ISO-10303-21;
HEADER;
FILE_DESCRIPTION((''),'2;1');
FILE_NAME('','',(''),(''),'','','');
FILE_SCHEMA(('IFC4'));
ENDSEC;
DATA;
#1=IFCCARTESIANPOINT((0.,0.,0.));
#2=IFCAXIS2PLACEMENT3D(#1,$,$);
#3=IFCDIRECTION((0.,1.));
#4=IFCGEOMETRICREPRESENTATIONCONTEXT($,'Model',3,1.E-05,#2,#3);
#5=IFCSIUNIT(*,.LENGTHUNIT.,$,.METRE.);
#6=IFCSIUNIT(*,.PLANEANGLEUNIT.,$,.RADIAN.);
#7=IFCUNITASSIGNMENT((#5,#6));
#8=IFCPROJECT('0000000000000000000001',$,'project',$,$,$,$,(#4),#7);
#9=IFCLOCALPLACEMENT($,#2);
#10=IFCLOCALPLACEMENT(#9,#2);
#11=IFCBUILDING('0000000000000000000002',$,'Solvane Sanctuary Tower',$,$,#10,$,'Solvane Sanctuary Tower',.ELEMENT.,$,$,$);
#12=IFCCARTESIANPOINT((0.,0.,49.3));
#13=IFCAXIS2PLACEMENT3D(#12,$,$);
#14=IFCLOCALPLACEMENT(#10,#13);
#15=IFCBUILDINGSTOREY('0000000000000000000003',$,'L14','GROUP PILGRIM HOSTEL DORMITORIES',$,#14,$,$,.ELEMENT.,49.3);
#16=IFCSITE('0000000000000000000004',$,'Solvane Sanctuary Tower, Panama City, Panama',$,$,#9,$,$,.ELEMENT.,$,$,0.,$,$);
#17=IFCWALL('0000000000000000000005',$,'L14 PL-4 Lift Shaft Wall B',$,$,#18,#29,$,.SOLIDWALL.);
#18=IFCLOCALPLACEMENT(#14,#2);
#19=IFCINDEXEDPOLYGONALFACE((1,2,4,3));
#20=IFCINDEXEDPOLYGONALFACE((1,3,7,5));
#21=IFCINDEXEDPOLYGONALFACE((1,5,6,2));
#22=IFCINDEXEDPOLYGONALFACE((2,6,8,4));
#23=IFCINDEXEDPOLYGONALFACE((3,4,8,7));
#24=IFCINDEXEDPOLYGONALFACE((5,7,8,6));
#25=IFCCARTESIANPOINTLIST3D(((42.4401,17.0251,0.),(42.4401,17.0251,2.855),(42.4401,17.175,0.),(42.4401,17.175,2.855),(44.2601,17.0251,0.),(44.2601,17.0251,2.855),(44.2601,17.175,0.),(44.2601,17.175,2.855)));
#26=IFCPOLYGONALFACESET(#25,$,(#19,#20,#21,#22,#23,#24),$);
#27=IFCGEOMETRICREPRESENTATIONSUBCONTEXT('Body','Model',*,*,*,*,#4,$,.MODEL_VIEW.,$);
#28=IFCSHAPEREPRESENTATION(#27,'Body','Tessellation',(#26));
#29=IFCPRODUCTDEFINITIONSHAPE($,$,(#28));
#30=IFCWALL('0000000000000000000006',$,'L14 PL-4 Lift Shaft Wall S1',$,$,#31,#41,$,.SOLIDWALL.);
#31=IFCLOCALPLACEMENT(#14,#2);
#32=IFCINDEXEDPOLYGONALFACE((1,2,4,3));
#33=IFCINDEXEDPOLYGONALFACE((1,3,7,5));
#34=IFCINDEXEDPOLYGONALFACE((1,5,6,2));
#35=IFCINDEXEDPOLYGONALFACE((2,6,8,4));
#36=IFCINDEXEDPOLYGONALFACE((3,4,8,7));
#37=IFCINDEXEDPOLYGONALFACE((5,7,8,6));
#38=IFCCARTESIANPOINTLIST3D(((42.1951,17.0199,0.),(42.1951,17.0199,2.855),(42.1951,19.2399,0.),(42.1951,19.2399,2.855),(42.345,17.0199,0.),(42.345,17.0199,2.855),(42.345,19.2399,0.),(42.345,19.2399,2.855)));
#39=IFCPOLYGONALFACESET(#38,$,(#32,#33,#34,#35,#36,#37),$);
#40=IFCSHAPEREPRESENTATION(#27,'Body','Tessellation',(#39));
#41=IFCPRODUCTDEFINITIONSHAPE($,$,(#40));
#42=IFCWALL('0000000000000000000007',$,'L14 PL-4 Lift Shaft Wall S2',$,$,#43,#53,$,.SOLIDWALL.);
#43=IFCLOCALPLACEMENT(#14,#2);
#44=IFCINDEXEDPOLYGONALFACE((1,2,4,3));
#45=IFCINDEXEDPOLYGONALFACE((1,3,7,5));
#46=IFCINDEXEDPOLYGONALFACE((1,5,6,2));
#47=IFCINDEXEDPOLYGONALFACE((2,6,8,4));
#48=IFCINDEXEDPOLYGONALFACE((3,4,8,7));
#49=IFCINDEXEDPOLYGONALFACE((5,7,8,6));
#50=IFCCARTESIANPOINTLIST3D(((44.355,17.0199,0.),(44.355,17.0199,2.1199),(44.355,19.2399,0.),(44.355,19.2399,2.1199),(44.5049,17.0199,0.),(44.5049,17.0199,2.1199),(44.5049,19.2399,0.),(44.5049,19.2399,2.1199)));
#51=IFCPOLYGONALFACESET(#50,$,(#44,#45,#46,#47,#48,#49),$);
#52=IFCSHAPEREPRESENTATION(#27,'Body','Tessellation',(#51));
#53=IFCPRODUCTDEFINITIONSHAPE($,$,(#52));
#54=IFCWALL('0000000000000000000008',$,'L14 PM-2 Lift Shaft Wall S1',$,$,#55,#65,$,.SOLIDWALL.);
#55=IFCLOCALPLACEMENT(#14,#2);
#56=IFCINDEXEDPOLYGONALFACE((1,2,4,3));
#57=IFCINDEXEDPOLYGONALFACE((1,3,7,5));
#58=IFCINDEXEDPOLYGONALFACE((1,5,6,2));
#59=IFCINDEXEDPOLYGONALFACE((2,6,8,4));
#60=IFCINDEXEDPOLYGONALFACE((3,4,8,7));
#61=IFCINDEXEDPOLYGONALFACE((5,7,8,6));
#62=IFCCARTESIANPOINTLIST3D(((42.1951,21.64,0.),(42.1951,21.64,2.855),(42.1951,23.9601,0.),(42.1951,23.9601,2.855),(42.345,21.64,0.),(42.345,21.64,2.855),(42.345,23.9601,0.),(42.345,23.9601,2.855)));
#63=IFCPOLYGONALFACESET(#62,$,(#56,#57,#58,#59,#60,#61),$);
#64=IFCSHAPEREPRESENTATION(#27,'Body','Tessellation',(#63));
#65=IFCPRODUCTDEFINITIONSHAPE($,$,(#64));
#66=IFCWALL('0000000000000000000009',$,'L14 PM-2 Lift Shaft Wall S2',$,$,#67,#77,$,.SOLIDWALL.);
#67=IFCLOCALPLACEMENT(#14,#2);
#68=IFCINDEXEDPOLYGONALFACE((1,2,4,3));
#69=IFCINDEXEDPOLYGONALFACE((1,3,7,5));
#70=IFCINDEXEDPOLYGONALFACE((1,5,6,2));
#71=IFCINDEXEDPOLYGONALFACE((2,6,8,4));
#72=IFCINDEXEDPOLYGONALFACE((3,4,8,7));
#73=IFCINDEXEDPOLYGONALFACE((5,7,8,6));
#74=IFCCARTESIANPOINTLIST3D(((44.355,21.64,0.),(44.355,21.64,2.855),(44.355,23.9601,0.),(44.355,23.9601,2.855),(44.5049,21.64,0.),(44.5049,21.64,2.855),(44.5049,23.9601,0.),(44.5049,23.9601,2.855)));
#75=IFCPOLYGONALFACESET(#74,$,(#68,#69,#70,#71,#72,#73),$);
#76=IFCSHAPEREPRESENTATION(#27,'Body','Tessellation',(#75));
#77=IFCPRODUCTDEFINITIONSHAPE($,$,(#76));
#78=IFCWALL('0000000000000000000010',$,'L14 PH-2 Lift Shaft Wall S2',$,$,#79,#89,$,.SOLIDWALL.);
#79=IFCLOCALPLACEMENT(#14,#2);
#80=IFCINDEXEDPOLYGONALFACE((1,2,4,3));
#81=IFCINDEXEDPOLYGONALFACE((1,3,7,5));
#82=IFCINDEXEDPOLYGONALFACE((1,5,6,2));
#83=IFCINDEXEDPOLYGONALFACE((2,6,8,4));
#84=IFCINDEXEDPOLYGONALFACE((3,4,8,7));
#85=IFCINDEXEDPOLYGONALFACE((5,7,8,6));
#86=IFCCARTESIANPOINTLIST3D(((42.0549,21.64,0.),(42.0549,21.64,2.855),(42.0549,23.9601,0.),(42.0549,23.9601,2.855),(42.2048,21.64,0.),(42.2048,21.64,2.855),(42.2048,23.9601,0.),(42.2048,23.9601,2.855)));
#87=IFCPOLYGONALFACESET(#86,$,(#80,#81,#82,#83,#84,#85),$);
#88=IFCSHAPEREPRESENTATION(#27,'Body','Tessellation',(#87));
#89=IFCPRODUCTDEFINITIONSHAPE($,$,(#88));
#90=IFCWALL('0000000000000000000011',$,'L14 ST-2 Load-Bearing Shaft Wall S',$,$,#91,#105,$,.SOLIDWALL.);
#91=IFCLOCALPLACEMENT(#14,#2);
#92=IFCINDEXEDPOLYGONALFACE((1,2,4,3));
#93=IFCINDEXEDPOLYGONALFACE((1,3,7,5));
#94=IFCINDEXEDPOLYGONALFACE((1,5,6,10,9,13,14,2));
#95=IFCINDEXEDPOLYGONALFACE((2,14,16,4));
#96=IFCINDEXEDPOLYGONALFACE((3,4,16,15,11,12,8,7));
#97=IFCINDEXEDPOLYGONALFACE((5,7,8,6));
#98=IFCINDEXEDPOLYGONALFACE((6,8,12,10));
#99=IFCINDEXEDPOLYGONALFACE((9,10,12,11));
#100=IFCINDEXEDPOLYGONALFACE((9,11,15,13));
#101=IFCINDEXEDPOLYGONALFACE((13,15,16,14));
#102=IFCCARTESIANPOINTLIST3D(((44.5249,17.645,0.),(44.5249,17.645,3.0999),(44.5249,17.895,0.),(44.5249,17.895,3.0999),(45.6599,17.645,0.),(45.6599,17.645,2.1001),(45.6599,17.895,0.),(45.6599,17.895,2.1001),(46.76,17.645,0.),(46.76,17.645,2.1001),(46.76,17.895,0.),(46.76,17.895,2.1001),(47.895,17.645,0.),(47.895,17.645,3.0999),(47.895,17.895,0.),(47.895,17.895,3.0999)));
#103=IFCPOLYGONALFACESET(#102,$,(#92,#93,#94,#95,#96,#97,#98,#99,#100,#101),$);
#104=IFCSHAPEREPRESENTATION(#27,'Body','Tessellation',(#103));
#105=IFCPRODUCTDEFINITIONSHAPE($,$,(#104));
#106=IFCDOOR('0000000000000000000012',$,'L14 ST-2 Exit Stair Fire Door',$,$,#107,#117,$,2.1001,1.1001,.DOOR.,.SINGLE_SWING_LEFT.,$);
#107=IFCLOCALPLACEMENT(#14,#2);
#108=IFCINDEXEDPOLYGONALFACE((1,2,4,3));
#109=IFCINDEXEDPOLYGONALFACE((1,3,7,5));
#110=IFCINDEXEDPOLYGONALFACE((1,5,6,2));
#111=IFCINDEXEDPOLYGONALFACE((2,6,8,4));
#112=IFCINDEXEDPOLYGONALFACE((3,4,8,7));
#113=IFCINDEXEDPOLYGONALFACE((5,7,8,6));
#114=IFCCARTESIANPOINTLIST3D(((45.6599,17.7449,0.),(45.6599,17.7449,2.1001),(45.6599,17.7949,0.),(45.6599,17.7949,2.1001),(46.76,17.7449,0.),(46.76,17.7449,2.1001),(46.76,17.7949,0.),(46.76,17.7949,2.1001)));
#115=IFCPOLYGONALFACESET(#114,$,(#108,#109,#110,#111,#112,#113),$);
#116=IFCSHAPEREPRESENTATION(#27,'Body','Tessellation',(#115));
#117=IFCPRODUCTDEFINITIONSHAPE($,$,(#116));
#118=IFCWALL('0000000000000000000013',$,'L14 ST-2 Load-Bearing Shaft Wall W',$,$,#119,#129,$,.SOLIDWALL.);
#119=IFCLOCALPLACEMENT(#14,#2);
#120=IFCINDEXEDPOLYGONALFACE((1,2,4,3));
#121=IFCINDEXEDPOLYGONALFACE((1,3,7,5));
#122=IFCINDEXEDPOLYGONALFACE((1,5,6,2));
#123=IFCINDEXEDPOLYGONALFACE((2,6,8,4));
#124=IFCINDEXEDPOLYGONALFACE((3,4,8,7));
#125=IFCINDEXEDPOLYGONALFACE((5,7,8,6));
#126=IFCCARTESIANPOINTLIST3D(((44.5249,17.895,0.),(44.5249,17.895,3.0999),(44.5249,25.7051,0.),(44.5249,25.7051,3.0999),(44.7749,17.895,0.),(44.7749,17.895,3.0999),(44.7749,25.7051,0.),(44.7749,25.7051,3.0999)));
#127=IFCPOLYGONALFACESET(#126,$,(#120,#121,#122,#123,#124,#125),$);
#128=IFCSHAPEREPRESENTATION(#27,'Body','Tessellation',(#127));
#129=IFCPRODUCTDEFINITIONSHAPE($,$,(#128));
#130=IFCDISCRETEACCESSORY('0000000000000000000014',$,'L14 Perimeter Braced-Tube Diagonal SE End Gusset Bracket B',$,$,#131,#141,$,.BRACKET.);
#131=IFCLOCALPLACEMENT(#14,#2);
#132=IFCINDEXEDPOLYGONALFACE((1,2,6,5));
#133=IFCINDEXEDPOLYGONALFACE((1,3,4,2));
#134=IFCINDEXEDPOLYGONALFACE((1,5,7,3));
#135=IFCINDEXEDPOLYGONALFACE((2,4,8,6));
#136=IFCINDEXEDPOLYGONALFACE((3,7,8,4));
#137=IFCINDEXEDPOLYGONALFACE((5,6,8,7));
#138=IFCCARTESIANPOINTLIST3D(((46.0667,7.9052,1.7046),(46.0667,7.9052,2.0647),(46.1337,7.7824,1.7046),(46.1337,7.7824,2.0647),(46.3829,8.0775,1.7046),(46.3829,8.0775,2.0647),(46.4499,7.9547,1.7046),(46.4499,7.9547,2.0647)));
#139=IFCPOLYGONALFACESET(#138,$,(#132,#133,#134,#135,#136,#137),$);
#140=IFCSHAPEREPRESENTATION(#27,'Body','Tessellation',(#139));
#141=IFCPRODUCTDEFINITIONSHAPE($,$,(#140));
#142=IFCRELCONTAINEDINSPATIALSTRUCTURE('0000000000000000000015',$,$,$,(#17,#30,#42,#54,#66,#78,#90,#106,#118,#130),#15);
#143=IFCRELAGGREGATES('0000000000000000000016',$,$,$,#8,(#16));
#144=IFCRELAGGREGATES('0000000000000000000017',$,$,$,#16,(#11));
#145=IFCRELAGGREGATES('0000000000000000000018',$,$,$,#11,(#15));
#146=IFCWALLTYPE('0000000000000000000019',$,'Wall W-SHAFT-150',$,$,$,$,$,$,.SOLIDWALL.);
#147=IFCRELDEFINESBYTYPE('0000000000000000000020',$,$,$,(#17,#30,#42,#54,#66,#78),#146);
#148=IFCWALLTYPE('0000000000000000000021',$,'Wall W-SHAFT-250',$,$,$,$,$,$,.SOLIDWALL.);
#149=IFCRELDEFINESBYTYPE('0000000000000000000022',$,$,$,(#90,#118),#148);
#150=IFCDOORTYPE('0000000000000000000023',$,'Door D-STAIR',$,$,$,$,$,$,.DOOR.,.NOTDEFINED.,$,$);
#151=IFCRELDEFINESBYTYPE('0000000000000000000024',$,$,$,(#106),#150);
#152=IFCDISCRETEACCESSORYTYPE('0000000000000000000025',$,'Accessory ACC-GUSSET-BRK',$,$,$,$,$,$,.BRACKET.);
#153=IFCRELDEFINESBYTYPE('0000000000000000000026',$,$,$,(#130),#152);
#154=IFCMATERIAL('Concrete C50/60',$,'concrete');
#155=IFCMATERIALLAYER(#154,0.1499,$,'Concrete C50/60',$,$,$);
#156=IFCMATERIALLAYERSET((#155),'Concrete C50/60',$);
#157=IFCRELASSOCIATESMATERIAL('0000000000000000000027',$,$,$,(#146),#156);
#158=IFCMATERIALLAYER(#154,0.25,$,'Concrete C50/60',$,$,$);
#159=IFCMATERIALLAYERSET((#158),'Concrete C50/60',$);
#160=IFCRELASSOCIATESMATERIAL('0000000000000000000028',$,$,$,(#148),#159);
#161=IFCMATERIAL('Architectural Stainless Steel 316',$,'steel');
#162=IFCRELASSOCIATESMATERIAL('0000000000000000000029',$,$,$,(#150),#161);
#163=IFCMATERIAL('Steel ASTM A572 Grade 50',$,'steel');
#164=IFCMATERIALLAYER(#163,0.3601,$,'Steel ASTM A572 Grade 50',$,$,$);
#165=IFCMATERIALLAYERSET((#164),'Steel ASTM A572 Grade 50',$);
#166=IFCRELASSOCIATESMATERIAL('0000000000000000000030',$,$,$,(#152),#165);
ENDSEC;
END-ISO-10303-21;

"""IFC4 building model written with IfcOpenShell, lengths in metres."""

from ifc_helpers import new_model, si_unit, direction, frame, frame_2d, origin, origin_2d, place, context, subcontext, project, spatial, rectangle, extrude, material, layer, layer_set, type_object, element, fill, save


model = new_model("IFC4")

# Units and contexts
model_context = context("Model", 3, precision=1e-05, world=origin(), true_north=direction((0.0, 1.0)))
body_context = subcontext(model_context, "Body", "Model", "MODEL_VIEW")
ifc_project = project(units=[si_unit("LENGTHUNIT", "METRE"), si_unit("PLANEANGLEUNIT", "RADIAN")], contexts=[model_context])

# Site, building, storey
site_placement = place(None, origin())
site = spatial("IfcSite", under=ifc_project, at=site_placement, Name="Solvane Sanctuary Tower, Panama City, Panama", CompositionType="ELEMENT", RefElevation=0.0)
building_placement = place(site_placement, origin())
building = spatial("IfcBuilding", under=site, at=building_placement, Name="Solvane Sanctuary Tower", LongName="Solvane Sanctuary Tower", CompositionType="ELEMENT")
storey_placement = place(building_placement, frame((0.0, 0.0, 49.3)))
storey = spatial("IfcBuildingStorey", under=building, at=storey_placement, Name="L14", Description="GROUP PILGRIM HOSTEL DORMITORIES", CompositionType="ELEMENT", Elevation=49.3)

# Shared definitions
ifc_material_1 = material(Name="Concrete C50/60", Category="concrete")
ifc_layer_1 = layer(ifc_material_1, 0.1499, Name="Concrete C50/60")
ifc_layer_set_1 = layer_set([ifc_layer_1], Name="Concrete C50/60")
wall_type_1 = type_object("IfcWallType", Name="Wall W-SHAFT-150", PredefinedType="SOLIDWALL", material=ifc_layer_set_1)
ifc_material_2 = material(Name="Architectural Stainless Steel 316", Category="steel")

# Walls
wall_1_placement = place(storey_placement, frame((42.4399, 17.1001, 0.0), z_axis=(0.0, 0.0, 1.0), x_axis=(1.0, 0.0, 0.0)))
element("IfcWall", 1, at=wall_1_placement, inside=storey, type_object=wall_type_1, Name="L14 PL-4 Lift Shaft Wall B", PredefinedType="SOLIDWALL", context=body_context, shape_type="SweptSolid", body=[
    extrude(rectangle(XDim=1.8201, YDim=0.1499, at=frame_2d((0.9102, 0.0))), origin(), (0.0, 0.0, 1.0), 2.855),
])
wall_2_placement = place(storey_placement, frame((42.27, 17.02, 0.0), z_axis=(0.0, 0.0, 1.0), x_axis=(0.0, 1.0, 0.0)))
element("IfcWall", 2, at=wall_2_placement, inside=storey, type_object=wall_type_1, Name="L14 PL-4 Lift Shaft Wall S1", PredefinedType="SOLIDWALL", context=body_context, shape_type="SweptSolid", body=[
    extrude(rectangle(XDim=2.22, YDim=0.1499, at=frame_2d((1.1099, 0.0))), origin(), (0.0, 0.0, 1.0), 2.855),
])
wall_3_placement = place(storey_placement, frame((44.4299, 17.02, 0.0), z_axis=(0.0, 0.0, 1.0), x_axis=(0.0, 1.0, 0.0)))
element("IfcWall", 3, at=wall_3_placement, inside=storey, type_object=wall_type_1, Name="L14 PL-4 Lift Shaft Wall S2", PredefinedType="SOLIDWALL", context=body_context, shape_type="SweptSolid", body=[
    extrude(rectangle(XDim=2.22, YDim=0.1499, at=frame_2d((1.1099, 0.0))), origin(), (0.0, 0.0, 1.0), 2.1199),
])
for number, where, z_axis, x_axis, name in (
    (4, (42.27, 21.6399, 0.0), (0.0, 0.0, 1.0), (0.0, 1.0, 0.0), "L14 PM-2 Lift Shaft Wall S1"),
    (5, (44.4299, 21.6399, 0.0), (0.0, 0.0, 1.0), (0.0, 1.0, 0.0), "L14 PM-2 Lift Shaft Wall S2"),
    (6, (42.1299, 21.6399, 0.0), (0.0, 0.0, 1.0), (0.0, 1.0, 0.0), "L14 PH-2 Lift Shaft Wall S2"),
):
    element("IfcWall", number, at=place(storey_placement, frame(where, z_axis=z_axis, x_axis=x_axis)), inside=storey, type_object=wall_type_1, Name=name, PredefinedType="SOLIDWALL", context=body_context, shape_type="SweptSolid", body=[
        extrude(rectangle(XDim=2.3201, YDim=0.1499, at=frame_2d((1.1602, 0.0))), origin(), (0.0, 0.0, 1.0), 2.855),
    ])

# Wall, opening, door
ifc_layer_2 = layer(ifc_material_1, 0.25, Name="Concrete C50/60")
ifc_layer_set_2 = layer_set([ifc_layer_2], Name="Concrete C50/60")
wall_type_2 = type_object("IfcWallType", Name="Wall W-SHAFT-250", PredefinedType="SOLIDWALL", material=ifc_layer_set_2)
wall_4_placement = place(storey_placement, frame((44.5249, 17.77, 0.0), z_axis=(0.0, 0.0, 1.0), x_axis=(1.0, 0.0, 0.0)))
wall_4 = element("IfcWall", 7, at=wall_4_placement, inside=storey, type_object=wall_type_2, Name="L14 ST-2 Load-Bearing Shaft Wall S", PredefinedType="SOLIDWALL", context=body_context, shape_type="SweptSolid", body=[
    extrude(rectangle(XDim=3.3701, YDim=0.25, at=frame_2d((1.6851, 0.0))), origin(), (0.0, 0.0, 1.0), 3.0999),
])
opening_1_placement = place(wall_4_placement, frame((1.135, 0.0, 0.0)))
opening_1 = element("IfcOpeningElement", 8, at=opening_1_placement, cuts=wall_4, PredefinedType="OPENING", context=body_context, shape_type="SweptSolid", body=[
    extrude(rectangle(XDim=1.1001, YDim=2.1001, at=frame_2d((0.55, 1.05))), frame((0.0, 0.135, 0.0), z_axis=(0.0, -1.0, 0.0), x_axis=(1.0, 0.0, 0.0)), (0.0, 0.0, 1.0), 0.27),
])
door_type_1 = type_object("IfcDoorType", Name="Door D-STAIR", OperationType="NOTDEFINED", PredefinedType="DOOR", material=ifc_material_2)
door_1_placement = place(opening_1_placement, origin())
door_1 = element("IfcDoor", 9, at=door_1_placement, inside=storey, type_object=door_type_1, Name="L14 ST-2 Exit Stair Fire Door", OperationType="SINGLE_SWING_LEFT", OverallHeight=2.1001, OverallWidth=1.1001, PredefinedType="DOOR", context=body_context, shape_type="SweptSolid", body=[
    extrude(rectangle(XDim=1.1001, YDim=2.1001, at=frame_2d((0.55, 1.05))), frame((0.0, 0.0249, 0.0), z_axis=(0.0, -1.0, 0.0), x_axis=(1.0, 0.0, 0.0)), (0.0, 0.0, 1.0), 0.05),
])
fill(opening_1, door_1)

# Wall
wall_5_placement = place(storey_placement, frame((44.6499, 17.895, 0.0), z_axis=(0.0, 0.0, 1.0), x_axis=(0.0, 1.0, 0.0)))
element("IfcWall", 10, at=wall_5_placement, inside=storey, type_object=wall_type_2, Name="L14 ST-2 Load-Bearing Shaft Wall W", PredefinedType="SOLIDWALL", context=body_context, shape_type="SweptSolid", body=[
    extrude(rectangle(XDim=7.8101, YDim=0.25, at=frame_2d((3.905, 0.0))), origin(), (0.0, 0.0, 1.0), 3.0999),
])

# Discrete accessory
ifc_material_3 = material(Name="Steel ASTM A572 Grade 50", Category="steel")
ifc_layer_3 = layer(ifc_material_3, 0.3601, Name="Steel ASTM A572 Grade 50")
ifc_layer_set_3 = layer_set([ifc_layer_3], Name="Steel ASTM A572 Grade 50")
discrete_accessory_type = type_object("IfcDiscreteAccessoryType", Name="Accessory ACC-GUSSET-BRK", PredefinedType="BRACKET", material=ifc_layer_set_3)
discrete_accessory_placement = place(storey_placement, frame((46.2583, 7.9299, 1.7046), z_axis=(0.0, 0.0, 1.0), x_axis=(-0.878067, -0.478539, 0.0)))
element("IfcDiscreteAccessory", 11, at=discrete_accessory_placement, inside=storey, type_object=discrete_accessory_type, Name="L14 Perimeter Braced-Tube Diagonal SE End Gusset Bracket B", PredefinedType="BRACKET", context=body_context, shape_type="SweptSolid", body=[
    extrude(rectangle(XDim=0.3601, YDim=0.1399, at=origin_2d()), origin(), (0.0, 0.0, 1.0), 0.3601),
])

save(model, "model.ifc")
